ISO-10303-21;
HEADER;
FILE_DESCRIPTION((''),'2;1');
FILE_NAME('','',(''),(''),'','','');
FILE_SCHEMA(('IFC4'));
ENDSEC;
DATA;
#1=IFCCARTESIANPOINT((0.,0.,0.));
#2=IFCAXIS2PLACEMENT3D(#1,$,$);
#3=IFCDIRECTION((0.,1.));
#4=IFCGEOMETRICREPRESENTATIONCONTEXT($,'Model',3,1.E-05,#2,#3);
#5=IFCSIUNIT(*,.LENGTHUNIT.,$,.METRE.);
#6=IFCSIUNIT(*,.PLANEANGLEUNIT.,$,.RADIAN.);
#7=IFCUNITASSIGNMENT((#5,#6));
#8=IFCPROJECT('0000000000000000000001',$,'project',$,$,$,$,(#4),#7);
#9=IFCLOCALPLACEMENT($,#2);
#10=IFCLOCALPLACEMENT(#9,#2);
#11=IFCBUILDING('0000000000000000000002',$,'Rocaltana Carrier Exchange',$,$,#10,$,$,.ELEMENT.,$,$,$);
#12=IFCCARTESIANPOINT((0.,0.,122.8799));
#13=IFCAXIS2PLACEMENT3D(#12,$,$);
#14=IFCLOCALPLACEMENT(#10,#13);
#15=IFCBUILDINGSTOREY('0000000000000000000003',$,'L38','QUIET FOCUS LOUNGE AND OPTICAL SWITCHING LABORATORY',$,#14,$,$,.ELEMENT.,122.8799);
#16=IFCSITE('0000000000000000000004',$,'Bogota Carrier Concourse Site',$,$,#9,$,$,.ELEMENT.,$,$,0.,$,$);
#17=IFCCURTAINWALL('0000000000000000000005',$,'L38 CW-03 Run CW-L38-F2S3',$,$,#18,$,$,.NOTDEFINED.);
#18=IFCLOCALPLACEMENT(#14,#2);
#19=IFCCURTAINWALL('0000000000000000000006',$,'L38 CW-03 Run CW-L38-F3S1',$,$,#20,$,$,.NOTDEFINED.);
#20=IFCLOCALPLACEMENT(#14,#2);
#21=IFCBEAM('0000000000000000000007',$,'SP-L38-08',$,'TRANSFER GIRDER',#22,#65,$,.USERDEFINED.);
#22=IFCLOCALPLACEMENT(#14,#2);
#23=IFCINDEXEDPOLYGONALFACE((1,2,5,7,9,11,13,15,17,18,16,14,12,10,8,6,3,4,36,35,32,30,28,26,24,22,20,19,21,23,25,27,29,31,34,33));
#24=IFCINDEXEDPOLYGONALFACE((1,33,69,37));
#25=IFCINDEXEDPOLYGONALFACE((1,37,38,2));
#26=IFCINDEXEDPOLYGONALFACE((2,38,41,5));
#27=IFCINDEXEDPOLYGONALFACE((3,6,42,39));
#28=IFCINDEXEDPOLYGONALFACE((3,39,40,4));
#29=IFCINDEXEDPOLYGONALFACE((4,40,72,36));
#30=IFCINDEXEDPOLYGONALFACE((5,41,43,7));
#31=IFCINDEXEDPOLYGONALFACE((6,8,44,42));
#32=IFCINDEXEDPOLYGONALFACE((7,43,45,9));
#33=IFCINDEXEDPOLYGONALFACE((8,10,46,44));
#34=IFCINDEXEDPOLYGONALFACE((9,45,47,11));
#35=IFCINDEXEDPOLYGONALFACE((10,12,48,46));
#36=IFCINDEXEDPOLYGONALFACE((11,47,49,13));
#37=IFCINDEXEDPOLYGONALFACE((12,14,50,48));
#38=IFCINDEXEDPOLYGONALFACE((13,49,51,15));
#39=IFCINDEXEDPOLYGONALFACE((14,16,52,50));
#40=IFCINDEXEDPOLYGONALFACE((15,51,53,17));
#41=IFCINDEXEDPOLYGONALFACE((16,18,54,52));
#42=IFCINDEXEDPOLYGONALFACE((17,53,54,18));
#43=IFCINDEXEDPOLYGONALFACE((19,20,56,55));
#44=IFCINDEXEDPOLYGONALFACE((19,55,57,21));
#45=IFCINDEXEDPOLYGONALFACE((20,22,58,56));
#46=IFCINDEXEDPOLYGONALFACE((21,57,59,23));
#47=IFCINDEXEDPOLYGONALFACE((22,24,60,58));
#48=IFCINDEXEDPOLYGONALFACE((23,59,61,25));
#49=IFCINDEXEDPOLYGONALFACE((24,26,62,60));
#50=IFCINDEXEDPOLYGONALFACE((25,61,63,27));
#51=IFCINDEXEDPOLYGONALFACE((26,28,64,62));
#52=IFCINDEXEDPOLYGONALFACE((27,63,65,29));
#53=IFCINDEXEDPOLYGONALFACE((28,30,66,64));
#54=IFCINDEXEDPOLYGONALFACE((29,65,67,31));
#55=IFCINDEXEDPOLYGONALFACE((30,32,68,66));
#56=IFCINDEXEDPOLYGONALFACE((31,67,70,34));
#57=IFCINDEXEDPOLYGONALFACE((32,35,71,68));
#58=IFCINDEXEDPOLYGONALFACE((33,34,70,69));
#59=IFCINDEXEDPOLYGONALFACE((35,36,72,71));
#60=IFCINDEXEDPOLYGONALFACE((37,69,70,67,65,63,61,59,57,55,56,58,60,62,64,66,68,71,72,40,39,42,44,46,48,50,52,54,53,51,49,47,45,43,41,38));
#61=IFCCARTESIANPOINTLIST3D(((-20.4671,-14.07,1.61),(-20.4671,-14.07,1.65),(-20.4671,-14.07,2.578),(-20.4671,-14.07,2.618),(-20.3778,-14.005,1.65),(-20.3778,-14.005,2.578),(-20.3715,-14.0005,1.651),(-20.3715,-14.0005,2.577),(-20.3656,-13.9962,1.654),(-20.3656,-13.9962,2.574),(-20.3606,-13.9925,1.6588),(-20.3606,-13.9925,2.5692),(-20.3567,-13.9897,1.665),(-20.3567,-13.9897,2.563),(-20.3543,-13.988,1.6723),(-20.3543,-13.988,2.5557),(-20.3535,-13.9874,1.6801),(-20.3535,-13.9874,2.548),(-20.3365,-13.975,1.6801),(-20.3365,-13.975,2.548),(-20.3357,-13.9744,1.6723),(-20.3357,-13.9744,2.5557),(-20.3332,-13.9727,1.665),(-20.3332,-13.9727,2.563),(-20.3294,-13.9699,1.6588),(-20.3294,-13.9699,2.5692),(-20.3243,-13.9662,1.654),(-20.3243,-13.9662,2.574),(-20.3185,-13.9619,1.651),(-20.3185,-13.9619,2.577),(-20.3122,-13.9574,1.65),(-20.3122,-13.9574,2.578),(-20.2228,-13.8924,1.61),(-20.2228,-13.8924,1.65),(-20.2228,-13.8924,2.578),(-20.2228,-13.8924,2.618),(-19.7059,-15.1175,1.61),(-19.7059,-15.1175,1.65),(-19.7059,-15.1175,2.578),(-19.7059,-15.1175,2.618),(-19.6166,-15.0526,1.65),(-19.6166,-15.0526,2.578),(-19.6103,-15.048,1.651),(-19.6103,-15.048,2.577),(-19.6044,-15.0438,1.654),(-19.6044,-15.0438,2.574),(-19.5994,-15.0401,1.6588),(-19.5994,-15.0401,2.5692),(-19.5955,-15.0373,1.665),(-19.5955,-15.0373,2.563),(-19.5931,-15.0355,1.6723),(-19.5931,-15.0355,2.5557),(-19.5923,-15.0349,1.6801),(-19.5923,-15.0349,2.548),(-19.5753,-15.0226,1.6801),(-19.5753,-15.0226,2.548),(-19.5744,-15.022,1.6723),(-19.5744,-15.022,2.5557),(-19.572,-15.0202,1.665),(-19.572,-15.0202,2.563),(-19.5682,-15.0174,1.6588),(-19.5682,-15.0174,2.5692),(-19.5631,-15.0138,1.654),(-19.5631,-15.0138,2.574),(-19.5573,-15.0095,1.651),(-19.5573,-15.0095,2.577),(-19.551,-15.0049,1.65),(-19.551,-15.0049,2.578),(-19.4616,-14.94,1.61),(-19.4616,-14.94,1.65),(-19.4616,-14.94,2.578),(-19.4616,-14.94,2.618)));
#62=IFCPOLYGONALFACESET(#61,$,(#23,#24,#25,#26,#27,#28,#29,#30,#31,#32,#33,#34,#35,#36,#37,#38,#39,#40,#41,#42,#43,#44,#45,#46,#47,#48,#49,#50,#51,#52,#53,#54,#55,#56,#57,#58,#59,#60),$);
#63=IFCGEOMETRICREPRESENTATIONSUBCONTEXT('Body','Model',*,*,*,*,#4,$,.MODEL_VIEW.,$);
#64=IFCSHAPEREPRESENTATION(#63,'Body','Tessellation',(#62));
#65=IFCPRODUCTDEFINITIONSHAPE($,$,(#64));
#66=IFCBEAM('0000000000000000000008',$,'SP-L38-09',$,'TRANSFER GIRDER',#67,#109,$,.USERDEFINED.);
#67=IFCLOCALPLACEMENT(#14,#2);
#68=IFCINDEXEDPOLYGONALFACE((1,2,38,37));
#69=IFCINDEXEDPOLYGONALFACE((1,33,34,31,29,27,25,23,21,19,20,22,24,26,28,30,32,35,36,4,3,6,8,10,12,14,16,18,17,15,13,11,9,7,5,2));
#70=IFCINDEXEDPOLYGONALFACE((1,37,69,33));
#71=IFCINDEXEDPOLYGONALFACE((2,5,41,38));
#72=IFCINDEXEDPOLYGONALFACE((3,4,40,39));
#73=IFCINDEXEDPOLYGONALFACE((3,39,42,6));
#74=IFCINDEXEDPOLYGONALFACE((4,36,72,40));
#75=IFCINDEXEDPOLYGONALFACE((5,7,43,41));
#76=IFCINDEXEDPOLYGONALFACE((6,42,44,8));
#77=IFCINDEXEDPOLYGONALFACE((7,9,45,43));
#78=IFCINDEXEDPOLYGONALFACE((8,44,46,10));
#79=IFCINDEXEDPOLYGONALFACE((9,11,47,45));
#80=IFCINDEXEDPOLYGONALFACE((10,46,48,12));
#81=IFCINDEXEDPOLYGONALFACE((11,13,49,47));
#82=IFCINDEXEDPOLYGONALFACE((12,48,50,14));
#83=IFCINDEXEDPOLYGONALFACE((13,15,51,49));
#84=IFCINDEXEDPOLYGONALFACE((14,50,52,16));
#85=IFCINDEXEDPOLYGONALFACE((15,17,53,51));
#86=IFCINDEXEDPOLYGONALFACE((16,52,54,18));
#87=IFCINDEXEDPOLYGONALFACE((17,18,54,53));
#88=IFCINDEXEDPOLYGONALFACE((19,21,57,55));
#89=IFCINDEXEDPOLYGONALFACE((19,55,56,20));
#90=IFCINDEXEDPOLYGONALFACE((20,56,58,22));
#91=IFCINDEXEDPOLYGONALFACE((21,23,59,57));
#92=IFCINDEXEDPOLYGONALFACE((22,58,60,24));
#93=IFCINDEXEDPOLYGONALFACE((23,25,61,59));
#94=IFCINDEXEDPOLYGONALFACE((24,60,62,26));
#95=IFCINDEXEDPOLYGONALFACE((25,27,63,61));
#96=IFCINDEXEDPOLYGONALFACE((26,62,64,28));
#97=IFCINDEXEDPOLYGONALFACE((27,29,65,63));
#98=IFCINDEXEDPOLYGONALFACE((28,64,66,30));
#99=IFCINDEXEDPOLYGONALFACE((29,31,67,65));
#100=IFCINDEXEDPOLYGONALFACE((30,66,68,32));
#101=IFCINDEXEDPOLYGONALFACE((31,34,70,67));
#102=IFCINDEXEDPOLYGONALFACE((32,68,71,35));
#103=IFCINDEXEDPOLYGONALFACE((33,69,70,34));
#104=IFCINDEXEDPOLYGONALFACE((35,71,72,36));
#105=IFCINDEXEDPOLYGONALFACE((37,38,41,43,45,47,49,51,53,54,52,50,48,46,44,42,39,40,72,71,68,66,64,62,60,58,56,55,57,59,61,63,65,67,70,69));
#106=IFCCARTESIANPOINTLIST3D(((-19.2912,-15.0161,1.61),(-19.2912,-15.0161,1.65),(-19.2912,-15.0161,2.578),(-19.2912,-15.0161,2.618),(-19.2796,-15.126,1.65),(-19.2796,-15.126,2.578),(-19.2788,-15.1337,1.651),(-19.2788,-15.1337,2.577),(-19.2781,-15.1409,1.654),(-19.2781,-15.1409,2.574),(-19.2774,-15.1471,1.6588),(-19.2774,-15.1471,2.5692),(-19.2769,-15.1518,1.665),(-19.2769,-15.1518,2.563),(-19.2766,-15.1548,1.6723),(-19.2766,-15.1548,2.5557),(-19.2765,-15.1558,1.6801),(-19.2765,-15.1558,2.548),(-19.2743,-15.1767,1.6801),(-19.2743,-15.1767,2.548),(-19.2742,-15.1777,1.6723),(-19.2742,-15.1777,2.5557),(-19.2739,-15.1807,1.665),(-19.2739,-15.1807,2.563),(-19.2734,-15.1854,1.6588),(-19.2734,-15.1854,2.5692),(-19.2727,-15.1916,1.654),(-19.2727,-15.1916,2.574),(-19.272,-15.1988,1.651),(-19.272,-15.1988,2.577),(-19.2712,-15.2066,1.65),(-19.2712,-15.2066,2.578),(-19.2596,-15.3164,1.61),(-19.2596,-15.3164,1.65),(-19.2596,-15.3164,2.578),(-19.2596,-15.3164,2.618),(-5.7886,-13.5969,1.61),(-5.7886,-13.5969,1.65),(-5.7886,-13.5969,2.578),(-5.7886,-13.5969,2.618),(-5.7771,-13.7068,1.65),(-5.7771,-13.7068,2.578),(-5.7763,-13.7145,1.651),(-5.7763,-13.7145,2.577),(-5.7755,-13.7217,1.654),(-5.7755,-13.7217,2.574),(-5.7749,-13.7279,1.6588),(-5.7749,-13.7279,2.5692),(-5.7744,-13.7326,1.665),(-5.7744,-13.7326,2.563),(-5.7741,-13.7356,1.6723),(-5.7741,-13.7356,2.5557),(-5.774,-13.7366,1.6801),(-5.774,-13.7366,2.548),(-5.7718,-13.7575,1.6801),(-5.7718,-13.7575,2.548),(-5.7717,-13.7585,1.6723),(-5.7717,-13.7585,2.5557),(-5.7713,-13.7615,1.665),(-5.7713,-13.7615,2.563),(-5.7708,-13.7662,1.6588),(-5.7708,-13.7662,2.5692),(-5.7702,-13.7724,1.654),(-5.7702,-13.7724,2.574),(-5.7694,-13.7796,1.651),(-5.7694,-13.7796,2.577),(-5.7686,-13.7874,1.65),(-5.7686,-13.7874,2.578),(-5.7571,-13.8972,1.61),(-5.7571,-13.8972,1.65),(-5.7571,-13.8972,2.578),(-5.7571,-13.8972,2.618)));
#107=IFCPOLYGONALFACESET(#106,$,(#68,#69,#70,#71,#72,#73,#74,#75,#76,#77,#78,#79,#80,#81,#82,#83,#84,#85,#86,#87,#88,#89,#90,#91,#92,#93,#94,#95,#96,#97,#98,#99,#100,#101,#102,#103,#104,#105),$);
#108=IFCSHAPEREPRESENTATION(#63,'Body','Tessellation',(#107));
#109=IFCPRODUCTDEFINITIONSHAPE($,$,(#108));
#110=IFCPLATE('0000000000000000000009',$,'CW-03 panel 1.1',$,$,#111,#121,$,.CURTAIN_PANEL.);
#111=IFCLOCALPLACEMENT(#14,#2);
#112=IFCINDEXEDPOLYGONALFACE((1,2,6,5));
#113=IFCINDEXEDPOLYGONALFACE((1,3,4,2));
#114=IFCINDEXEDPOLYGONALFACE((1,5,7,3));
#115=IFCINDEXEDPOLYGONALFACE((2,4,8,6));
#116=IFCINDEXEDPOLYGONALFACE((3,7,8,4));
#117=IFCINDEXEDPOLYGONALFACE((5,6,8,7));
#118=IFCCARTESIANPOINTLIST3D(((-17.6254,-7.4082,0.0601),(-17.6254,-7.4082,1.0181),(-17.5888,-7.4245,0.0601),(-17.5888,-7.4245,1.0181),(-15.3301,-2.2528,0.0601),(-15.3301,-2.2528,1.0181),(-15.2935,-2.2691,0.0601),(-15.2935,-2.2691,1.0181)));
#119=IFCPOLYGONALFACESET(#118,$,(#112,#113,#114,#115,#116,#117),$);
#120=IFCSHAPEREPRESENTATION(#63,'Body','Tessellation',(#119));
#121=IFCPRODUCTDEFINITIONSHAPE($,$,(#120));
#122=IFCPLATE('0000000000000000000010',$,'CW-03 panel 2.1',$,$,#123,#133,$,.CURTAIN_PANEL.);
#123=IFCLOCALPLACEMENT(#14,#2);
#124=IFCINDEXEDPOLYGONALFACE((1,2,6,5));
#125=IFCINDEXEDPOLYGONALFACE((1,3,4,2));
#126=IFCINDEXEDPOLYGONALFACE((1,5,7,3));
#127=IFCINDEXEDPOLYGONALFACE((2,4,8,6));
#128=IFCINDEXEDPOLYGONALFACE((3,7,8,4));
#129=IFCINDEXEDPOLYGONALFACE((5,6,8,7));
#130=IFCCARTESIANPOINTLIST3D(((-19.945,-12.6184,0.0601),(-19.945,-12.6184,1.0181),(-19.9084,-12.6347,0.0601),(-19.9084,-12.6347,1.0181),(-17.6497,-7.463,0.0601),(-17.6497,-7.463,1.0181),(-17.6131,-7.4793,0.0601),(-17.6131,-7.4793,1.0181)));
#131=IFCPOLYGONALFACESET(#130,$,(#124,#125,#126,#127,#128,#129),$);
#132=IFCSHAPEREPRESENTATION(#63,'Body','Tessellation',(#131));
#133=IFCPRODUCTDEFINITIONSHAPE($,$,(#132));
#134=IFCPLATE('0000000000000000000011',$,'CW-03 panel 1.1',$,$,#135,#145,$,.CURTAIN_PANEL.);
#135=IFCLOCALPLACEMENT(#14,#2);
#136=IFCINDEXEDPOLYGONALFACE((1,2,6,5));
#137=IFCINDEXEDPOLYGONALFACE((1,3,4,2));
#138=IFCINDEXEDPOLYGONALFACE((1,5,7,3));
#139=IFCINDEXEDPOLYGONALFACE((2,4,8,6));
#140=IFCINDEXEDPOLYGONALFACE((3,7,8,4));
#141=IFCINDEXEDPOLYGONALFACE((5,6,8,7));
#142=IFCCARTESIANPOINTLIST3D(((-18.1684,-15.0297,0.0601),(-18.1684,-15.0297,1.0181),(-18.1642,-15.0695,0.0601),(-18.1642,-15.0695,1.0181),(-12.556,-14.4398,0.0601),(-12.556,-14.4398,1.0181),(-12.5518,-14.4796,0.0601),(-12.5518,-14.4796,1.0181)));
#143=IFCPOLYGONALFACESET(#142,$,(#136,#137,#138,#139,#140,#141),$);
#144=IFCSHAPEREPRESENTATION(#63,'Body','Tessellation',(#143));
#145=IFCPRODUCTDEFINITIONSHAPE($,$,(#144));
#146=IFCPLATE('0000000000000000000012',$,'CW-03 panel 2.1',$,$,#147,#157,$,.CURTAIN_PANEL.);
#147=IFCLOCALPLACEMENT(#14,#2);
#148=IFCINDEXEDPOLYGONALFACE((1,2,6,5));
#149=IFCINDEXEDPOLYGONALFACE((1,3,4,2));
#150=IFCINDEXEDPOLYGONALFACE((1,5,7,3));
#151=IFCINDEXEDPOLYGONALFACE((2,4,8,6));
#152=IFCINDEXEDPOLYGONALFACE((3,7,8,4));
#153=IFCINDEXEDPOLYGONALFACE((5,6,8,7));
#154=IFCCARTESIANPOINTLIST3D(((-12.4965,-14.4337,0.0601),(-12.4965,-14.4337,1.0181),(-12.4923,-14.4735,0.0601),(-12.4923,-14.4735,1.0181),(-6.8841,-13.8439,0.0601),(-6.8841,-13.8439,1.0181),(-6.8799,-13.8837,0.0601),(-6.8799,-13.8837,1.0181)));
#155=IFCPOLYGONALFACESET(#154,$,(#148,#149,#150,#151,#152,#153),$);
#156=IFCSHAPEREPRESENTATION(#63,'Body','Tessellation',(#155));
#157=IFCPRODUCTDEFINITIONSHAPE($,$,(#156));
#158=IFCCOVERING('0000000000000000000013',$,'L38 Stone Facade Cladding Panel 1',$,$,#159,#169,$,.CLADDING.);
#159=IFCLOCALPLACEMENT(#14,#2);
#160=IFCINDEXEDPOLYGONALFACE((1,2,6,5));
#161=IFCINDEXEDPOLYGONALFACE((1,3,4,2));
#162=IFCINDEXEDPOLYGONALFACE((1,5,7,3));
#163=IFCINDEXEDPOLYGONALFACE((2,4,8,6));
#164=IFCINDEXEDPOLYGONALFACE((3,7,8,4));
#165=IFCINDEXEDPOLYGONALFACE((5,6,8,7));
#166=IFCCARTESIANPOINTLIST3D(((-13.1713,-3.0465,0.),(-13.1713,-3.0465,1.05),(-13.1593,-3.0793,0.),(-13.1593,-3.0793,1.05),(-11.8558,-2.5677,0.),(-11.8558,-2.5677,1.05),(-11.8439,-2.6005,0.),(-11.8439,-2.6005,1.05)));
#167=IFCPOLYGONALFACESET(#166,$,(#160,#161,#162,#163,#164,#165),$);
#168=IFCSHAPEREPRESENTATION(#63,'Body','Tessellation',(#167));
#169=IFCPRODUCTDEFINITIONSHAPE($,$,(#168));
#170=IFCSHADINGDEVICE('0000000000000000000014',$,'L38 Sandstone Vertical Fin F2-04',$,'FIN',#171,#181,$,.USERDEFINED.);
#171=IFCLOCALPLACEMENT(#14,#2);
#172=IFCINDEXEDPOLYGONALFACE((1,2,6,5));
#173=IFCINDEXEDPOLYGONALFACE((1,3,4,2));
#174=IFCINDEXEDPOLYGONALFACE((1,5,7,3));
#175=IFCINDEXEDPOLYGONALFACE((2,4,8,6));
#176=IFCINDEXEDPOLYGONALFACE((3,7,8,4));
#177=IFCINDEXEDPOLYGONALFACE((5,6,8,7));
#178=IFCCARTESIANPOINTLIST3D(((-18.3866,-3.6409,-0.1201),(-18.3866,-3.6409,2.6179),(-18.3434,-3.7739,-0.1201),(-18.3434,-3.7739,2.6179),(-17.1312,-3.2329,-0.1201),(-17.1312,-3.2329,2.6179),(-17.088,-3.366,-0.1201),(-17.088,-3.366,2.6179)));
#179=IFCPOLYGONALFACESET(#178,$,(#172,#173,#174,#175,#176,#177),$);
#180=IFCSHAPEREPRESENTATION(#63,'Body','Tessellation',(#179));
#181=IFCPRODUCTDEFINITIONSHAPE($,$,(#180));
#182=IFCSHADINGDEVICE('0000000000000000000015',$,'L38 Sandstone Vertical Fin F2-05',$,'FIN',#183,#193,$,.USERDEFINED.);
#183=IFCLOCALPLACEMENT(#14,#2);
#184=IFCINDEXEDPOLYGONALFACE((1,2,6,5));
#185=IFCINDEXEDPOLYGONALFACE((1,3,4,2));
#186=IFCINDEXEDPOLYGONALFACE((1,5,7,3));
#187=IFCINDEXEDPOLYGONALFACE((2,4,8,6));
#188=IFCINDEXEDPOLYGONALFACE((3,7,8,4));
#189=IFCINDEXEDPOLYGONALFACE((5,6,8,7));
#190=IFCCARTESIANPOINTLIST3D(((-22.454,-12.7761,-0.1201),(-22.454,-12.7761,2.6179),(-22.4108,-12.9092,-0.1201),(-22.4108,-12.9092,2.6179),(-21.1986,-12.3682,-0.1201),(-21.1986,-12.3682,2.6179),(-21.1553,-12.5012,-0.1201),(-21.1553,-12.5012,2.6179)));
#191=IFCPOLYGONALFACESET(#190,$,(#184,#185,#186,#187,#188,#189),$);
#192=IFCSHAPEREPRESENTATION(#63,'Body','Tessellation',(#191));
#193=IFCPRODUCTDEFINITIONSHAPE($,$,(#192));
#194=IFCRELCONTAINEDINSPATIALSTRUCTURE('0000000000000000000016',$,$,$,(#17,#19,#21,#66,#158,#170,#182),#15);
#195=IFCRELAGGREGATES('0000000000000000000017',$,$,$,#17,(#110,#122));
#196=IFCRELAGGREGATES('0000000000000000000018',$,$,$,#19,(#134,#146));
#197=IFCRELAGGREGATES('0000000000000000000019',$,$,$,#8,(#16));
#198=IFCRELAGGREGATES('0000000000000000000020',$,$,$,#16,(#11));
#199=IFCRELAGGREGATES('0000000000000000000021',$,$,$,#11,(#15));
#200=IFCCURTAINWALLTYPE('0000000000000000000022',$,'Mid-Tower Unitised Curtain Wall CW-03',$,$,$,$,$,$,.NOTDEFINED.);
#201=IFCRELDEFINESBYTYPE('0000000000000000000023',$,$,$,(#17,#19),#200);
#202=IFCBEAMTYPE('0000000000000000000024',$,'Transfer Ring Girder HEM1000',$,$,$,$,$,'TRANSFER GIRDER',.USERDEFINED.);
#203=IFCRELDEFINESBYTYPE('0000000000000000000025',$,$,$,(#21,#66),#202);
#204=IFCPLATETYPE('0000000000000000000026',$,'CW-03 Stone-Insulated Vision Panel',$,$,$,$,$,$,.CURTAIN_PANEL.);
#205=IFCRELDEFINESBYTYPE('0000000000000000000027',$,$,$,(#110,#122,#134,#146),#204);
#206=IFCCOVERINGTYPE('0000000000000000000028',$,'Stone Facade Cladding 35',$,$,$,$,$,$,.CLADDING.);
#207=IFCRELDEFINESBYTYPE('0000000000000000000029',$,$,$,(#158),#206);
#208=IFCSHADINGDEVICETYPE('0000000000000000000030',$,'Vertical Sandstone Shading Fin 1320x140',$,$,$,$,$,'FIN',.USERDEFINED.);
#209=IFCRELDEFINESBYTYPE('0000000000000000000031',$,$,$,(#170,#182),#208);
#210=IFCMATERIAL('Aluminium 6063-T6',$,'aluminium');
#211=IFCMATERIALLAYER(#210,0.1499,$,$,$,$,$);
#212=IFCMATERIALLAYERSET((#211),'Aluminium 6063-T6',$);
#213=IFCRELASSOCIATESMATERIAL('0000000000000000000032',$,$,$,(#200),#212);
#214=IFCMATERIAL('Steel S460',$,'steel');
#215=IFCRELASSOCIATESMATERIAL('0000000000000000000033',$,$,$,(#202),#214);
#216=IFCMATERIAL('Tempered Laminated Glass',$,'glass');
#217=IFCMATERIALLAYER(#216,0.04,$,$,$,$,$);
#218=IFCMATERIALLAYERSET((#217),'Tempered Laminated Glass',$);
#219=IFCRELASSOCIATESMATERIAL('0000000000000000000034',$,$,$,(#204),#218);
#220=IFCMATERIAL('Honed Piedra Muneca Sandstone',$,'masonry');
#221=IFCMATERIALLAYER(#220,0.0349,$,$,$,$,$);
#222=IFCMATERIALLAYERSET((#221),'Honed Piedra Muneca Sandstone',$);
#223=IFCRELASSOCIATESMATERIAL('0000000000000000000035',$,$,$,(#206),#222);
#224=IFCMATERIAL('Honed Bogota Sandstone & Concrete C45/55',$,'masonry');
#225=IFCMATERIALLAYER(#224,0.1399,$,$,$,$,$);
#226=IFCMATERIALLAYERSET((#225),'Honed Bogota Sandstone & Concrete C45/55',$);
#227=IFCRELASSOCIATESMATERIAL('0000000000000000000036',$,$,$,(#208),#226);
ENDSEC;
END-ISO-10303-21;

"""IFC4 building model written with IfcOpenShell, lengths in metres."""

from ifc_helpers import new_model, si_unit, direction, frame, origin, origin_2d, place, context, subcontext, project, spatial, rectangle, i_section, extrude, material, layer, layer_set, material_profile, profile_set, type_object, element, aggregate, save


model = new_model("IFC4")

# Units and contexts
model_context = context("Model", 3, precision=1e-05, world=origin(), true_north=direction((0.0, 1.0)))
body_context = subcontext(model_context, "Body", "Model", "MODEL_VIEW")
ifc_project = project(units=[si_unit("LENGTHUNIT", "METRE"), si_unit("PLANEANGLEUNIT", "RADIAN")], contexts=[model_context])

# Site, building, storey
site_placement = place(None, origin())
site = spatial("IfcSite", under=ifc_project, at=site_placement, Name="Bogota Carrier Concourse Site", CompositionType="ELEMENT", RefElevation=0.0)
building_placement = place(site_placement, origin())
building = spatial("IfcBuilding", under=site, at=building_placement, Name="Rocaltana Carrier Exchange", CompositionType="ELEMENT")
storey_placement = place(building_placement, frame((0.0, 0.0, 122.8799)))
storey = spatial("IfcBuildingStorey", under=building, at=storey_placement, Name="L38", Description="QUIET FOCUS LOUNGE AND OPTICAL SWITCHING LABORATORY", CompositionType="ELEMENT", Elevation=122.8799)

# Curtain walls
ifc_material_1 = material(Name="Aluminium 6063-T6", Category="aluminium")
ifc_layer_1 = layer(ifc_material_1, 0.1499)
ifc_layer_set_1 = layer_set([ifc_layer_1], Name="Aluminium 6063-T6")
curtain_wall_type = type_object("IfcCurtainWallType", Name="Mid-Tower Unitised Curtain Wall CW-03", PredefinedType="NOTDEFINED", material=ifc_layer_set_1)
curtain_wall_1_placement = place(storey_placement, origin())
curtain_wall_1 = element("IfcCurtainWall", 1, at=curtain_wall_1_placement, inside=storey, type_object=curtain_wall_type, Name="L38 CW-03 Run CW-L38-F2S3", PredefinedType="NOTDEFINED")
curtain_wall_2_placement = place(storey_placement, origin())
curtain_wall_2 = element("IfcCurtainWall", 2, at=curtain_wall_2_placement, inside=storey, type_object=curtain_wall_type, Name="L38 CW-03 Run CW-L38-F3S1", PredefinedType="NOTDEFINED")

# Beams
ifc_material_2 = material(Name="Steel S460", Category="steel")
ifc_material_profile_1 = material_profile(ifc_material_2, i_section(OverallWidth=0.302, OverallDepth=1.0081, WebThickness=0.021, FlangeThickness=0.04, FilletRadius=0.03, at=origin_2d()), Name="HEM1000")
ifc_profile_set_1 = profile_set([ifc_material_profile_1], Name="Steel S460")
beam_type_1 = type_object("IfcBeamType", Name="Transfer Ring Girder HEM1000", ElementType="TRANSFER GIRDER", PredefinedType="USERDEFINED", material=ifc_profile_set_1)
beam_1_placement = place(storey_placement, frame((-20.345, -13.9812, 2.114), z_axis=(0.587835, -0.808981, 0.0), x_axis=(0.808981, 0.587835, 0.0)))
element("IfcBeam", 3, at=beam_1_placement, inside=storey, type_object=beam_type_1, Name="SP-L38-08", ObjectType="TRANSFER GIRDER", PredefinedType="USERDEFINED", context=body_context, shape_type="SweptSolid", body=[
    extrude(i_section(OverallWidth=0.302, OverallDepth=1.0081, WebThickness=0.021, FlangeThickness=0.04, FilletRadius=0.03, at=origin_2d()), origin(), (0.0, 0.0, 1.0), 1.2949),
])
beam_2_placement = place(storey_placement, frame((-19.2754, -15.1663, 2.114), z_axis=(0.994522, 0.10453, 0.0), x_axis=(-0.10453, 0.994522, 0.0)))
element("IfcBeam", 4, at=beam_2_placement, inside=storey, type_object=beam_type_1, Name="SP-L38-09", ObjectType="TRANSFER GIRDER", PredefinedType="USERDEFINED", context=body_context, shape_type="SweptSolid", body=[
    extrude(i_section(OverallWidth=0.302, OverallDepth=1.0081, WebThickness=0.021, FlangeThickness=0.04, FilletRadius=0.03, at=origin_2d()), origin(), (0.0, 0.0, 1.0), 13.5769),
])

# Plates
ifc_material_3 = material(Name="Tempered Laminated Glass", Category="glass")
ifc_layer_2 = layer(ifc_material_3, 0.04)
ifc_layer_set_2 = layer_set([ifc_layer_2], Name="Tempered Laminated Glass")
plate_type = type_object("IfcPlateType", Name="CW-03 Stone-Insulated Vision Panel", PredefinedType="CURTAIN_PANEL", material=ifc_layer_set_2)
plate_1_placement = place(storey_placement, frame((-16.4595, -4.8386, 0.0601), z_axis=(0.0, 0.0, 1.0), x_axis=(-0.406733, -0.913547, 0.0)))
plate_1 = element("IfcPlate", 5, at=plate_1_placement, type_object=plate_type, Name="CW-03 panel 1.1", PredefinedType="CURTAIN_PANEL", context=body_context, shape_type="SweptSolid", body=[
    extrude(rectangle(XDim=5.6433, YDim=0.04, at=origin_2d()), origin(), (0.0, 0.0, 1.0), 0.958),
])
plate_2_placement = place(storey_placement, frame((-18.7791, -10.0488, 0.0601), z_axis=(0.0, 0.0, 1.0), x_axis=(-0.406733, -0.913547, 0.0)))
plate_2 = element("IfcPlate", 6, at=plate_2_placement, type_object=plate_type, Name="CW-03 panel 2.1", PredefinedType="CURTAIN_PANEL", context=body_context, shape_type="SweptSolid", body=[
    extrude(rectangle(XDim=5.6433, YDim=0.04, at=origin_2d()), origin(), (0.0, 0.0, 1.0), 0.958),
])
aggregate(curtain_wall_1, [plate_1, plate_2])
plate_3_placement = place(storey_placement, frame((-15.3601, -14.7546, 0.0601), z_axis=(0.0, 0.0, 1.0), x_axis=(0.994523, 0.104522, 0.0)))
plate_3 = element("IfcPlate", 7, at=plate_3_placement, type_object=plate_type, Name="CW-03 panel 1.1", PredefinedType="CURTAIN_PANEL", context=body_context, shape_type="SweptSolid", body=[
    extrude(rectangle(XDim=5.6433, YDim=0.04, at=origin_2d()), origin(), (0.0, 0.0, 1.0), 0.958),
])
plate_4_placement = place(storey_placement, frame((-9.6882, -14.1587, 0.0601), z_axis=(0.0, 0.0, 1.0), x_axis=(0.994523, 0.104522, 0.0)))
plate_4 = element("IfcPlate", 8, at=plate_4_placement, type_object=plate_type, Name="CW-03 panel 2.1", PredefinedType="CURTAIN_PANEL", context=body_context, shape_type="SweptSolid", body=[
    extrude(rectangle(XDim=5.6433, YDim=0.04, at=origin_2d()), origin(), (0.0, 0.0, 1.0), 0.958),
])
aggregate(curtain_wall_2, [plate_3, plate_4])

# Covering
ifc_material_4 = material(Name="Honed Piedra Muneca Sandstone", Category="masonry")
ifc_layer_3 = layer(ifc_material_4, 0.0349)
ifc_layer_set_3 = layer_set([ifc_layer_3], Name="Honed Piedra Muneca Sandstone")
covering_type = type_object("IfcCoveringType", Name="Stone Facade Cladding 35", PredefinedType="CLADDING", material=ifc_layer_set_3)
covering_placement = place(storey_placement, frame((-12.5076, -2.8235, 0.0), z_axis=(0.0, 0.0, 1.0), x_axis=(0.939693, 0.34202, 0.0)))
element("IfcCovering", 9, at=covering_placement, inside=storey, type_object=covering_type, Name="L38 Stone Facade Cladding Panel 1", PredefinedType="CLADDING", context=body_context, shape_type="SweptSolid", body=[
    extrude(rectangle(XDim=1.3999, YDim=0.0349, at=origin_2d()), origin(), (0.0, 0.0, 1.0), 1.05),
])

# Shading devices
ifc_material_5 = material(Name="Honed Bogota Sandstone & Concrete C45/55", Category="masonry")
ifc_layer_4 = layer(ifc_material_5, 0.1399)
ifc_layer_set_4 = layer_set([ifc_layer_4], Name="Honed Bogota Sandstone & Concrete C45/55")
shading_device_type = type_object("IfcShadingDeviceType", Name="Vertical Sandstone Shading Fin 1320x140", ElementType="FIN", PredefinedType="USERDEFINED", material=ifc_layer_set_4)
for number, where, z_axis, x_axis, name in (
    (10, (-17.7373, -3.5034, -0.1201), (0.0, 0.0, 1.0), (-0.951057, -0.309017, 0.0), "L38 Sandstone Vertical Fin F2-04"),
    (11, (-21.8047, -12.6387, -0.1201), (0.0, 0.0, 1.0), (-0.951057, -0.309017, 0.0), "L38 Sandstone Vertical Fin F2-05"),
):
    element("IfcShadingDevice", number, at=place(storey_placement, frame(where, z_axis=z_axis, x_axis=x_axis)), inside=storey, type_object=shading_device_type, Name=name, ObjectType="FIN", PredefinedType="USERDEFINED", context=body_context, shape_type="SweptSolid", body=[
        extrude(rectangle(XDim=1.3201, YDim=0.1399, at=origin_2d()), origin(), (0.0, 0.0, 1.0), 2.738),
    ])

save(model, "model.ifc")
